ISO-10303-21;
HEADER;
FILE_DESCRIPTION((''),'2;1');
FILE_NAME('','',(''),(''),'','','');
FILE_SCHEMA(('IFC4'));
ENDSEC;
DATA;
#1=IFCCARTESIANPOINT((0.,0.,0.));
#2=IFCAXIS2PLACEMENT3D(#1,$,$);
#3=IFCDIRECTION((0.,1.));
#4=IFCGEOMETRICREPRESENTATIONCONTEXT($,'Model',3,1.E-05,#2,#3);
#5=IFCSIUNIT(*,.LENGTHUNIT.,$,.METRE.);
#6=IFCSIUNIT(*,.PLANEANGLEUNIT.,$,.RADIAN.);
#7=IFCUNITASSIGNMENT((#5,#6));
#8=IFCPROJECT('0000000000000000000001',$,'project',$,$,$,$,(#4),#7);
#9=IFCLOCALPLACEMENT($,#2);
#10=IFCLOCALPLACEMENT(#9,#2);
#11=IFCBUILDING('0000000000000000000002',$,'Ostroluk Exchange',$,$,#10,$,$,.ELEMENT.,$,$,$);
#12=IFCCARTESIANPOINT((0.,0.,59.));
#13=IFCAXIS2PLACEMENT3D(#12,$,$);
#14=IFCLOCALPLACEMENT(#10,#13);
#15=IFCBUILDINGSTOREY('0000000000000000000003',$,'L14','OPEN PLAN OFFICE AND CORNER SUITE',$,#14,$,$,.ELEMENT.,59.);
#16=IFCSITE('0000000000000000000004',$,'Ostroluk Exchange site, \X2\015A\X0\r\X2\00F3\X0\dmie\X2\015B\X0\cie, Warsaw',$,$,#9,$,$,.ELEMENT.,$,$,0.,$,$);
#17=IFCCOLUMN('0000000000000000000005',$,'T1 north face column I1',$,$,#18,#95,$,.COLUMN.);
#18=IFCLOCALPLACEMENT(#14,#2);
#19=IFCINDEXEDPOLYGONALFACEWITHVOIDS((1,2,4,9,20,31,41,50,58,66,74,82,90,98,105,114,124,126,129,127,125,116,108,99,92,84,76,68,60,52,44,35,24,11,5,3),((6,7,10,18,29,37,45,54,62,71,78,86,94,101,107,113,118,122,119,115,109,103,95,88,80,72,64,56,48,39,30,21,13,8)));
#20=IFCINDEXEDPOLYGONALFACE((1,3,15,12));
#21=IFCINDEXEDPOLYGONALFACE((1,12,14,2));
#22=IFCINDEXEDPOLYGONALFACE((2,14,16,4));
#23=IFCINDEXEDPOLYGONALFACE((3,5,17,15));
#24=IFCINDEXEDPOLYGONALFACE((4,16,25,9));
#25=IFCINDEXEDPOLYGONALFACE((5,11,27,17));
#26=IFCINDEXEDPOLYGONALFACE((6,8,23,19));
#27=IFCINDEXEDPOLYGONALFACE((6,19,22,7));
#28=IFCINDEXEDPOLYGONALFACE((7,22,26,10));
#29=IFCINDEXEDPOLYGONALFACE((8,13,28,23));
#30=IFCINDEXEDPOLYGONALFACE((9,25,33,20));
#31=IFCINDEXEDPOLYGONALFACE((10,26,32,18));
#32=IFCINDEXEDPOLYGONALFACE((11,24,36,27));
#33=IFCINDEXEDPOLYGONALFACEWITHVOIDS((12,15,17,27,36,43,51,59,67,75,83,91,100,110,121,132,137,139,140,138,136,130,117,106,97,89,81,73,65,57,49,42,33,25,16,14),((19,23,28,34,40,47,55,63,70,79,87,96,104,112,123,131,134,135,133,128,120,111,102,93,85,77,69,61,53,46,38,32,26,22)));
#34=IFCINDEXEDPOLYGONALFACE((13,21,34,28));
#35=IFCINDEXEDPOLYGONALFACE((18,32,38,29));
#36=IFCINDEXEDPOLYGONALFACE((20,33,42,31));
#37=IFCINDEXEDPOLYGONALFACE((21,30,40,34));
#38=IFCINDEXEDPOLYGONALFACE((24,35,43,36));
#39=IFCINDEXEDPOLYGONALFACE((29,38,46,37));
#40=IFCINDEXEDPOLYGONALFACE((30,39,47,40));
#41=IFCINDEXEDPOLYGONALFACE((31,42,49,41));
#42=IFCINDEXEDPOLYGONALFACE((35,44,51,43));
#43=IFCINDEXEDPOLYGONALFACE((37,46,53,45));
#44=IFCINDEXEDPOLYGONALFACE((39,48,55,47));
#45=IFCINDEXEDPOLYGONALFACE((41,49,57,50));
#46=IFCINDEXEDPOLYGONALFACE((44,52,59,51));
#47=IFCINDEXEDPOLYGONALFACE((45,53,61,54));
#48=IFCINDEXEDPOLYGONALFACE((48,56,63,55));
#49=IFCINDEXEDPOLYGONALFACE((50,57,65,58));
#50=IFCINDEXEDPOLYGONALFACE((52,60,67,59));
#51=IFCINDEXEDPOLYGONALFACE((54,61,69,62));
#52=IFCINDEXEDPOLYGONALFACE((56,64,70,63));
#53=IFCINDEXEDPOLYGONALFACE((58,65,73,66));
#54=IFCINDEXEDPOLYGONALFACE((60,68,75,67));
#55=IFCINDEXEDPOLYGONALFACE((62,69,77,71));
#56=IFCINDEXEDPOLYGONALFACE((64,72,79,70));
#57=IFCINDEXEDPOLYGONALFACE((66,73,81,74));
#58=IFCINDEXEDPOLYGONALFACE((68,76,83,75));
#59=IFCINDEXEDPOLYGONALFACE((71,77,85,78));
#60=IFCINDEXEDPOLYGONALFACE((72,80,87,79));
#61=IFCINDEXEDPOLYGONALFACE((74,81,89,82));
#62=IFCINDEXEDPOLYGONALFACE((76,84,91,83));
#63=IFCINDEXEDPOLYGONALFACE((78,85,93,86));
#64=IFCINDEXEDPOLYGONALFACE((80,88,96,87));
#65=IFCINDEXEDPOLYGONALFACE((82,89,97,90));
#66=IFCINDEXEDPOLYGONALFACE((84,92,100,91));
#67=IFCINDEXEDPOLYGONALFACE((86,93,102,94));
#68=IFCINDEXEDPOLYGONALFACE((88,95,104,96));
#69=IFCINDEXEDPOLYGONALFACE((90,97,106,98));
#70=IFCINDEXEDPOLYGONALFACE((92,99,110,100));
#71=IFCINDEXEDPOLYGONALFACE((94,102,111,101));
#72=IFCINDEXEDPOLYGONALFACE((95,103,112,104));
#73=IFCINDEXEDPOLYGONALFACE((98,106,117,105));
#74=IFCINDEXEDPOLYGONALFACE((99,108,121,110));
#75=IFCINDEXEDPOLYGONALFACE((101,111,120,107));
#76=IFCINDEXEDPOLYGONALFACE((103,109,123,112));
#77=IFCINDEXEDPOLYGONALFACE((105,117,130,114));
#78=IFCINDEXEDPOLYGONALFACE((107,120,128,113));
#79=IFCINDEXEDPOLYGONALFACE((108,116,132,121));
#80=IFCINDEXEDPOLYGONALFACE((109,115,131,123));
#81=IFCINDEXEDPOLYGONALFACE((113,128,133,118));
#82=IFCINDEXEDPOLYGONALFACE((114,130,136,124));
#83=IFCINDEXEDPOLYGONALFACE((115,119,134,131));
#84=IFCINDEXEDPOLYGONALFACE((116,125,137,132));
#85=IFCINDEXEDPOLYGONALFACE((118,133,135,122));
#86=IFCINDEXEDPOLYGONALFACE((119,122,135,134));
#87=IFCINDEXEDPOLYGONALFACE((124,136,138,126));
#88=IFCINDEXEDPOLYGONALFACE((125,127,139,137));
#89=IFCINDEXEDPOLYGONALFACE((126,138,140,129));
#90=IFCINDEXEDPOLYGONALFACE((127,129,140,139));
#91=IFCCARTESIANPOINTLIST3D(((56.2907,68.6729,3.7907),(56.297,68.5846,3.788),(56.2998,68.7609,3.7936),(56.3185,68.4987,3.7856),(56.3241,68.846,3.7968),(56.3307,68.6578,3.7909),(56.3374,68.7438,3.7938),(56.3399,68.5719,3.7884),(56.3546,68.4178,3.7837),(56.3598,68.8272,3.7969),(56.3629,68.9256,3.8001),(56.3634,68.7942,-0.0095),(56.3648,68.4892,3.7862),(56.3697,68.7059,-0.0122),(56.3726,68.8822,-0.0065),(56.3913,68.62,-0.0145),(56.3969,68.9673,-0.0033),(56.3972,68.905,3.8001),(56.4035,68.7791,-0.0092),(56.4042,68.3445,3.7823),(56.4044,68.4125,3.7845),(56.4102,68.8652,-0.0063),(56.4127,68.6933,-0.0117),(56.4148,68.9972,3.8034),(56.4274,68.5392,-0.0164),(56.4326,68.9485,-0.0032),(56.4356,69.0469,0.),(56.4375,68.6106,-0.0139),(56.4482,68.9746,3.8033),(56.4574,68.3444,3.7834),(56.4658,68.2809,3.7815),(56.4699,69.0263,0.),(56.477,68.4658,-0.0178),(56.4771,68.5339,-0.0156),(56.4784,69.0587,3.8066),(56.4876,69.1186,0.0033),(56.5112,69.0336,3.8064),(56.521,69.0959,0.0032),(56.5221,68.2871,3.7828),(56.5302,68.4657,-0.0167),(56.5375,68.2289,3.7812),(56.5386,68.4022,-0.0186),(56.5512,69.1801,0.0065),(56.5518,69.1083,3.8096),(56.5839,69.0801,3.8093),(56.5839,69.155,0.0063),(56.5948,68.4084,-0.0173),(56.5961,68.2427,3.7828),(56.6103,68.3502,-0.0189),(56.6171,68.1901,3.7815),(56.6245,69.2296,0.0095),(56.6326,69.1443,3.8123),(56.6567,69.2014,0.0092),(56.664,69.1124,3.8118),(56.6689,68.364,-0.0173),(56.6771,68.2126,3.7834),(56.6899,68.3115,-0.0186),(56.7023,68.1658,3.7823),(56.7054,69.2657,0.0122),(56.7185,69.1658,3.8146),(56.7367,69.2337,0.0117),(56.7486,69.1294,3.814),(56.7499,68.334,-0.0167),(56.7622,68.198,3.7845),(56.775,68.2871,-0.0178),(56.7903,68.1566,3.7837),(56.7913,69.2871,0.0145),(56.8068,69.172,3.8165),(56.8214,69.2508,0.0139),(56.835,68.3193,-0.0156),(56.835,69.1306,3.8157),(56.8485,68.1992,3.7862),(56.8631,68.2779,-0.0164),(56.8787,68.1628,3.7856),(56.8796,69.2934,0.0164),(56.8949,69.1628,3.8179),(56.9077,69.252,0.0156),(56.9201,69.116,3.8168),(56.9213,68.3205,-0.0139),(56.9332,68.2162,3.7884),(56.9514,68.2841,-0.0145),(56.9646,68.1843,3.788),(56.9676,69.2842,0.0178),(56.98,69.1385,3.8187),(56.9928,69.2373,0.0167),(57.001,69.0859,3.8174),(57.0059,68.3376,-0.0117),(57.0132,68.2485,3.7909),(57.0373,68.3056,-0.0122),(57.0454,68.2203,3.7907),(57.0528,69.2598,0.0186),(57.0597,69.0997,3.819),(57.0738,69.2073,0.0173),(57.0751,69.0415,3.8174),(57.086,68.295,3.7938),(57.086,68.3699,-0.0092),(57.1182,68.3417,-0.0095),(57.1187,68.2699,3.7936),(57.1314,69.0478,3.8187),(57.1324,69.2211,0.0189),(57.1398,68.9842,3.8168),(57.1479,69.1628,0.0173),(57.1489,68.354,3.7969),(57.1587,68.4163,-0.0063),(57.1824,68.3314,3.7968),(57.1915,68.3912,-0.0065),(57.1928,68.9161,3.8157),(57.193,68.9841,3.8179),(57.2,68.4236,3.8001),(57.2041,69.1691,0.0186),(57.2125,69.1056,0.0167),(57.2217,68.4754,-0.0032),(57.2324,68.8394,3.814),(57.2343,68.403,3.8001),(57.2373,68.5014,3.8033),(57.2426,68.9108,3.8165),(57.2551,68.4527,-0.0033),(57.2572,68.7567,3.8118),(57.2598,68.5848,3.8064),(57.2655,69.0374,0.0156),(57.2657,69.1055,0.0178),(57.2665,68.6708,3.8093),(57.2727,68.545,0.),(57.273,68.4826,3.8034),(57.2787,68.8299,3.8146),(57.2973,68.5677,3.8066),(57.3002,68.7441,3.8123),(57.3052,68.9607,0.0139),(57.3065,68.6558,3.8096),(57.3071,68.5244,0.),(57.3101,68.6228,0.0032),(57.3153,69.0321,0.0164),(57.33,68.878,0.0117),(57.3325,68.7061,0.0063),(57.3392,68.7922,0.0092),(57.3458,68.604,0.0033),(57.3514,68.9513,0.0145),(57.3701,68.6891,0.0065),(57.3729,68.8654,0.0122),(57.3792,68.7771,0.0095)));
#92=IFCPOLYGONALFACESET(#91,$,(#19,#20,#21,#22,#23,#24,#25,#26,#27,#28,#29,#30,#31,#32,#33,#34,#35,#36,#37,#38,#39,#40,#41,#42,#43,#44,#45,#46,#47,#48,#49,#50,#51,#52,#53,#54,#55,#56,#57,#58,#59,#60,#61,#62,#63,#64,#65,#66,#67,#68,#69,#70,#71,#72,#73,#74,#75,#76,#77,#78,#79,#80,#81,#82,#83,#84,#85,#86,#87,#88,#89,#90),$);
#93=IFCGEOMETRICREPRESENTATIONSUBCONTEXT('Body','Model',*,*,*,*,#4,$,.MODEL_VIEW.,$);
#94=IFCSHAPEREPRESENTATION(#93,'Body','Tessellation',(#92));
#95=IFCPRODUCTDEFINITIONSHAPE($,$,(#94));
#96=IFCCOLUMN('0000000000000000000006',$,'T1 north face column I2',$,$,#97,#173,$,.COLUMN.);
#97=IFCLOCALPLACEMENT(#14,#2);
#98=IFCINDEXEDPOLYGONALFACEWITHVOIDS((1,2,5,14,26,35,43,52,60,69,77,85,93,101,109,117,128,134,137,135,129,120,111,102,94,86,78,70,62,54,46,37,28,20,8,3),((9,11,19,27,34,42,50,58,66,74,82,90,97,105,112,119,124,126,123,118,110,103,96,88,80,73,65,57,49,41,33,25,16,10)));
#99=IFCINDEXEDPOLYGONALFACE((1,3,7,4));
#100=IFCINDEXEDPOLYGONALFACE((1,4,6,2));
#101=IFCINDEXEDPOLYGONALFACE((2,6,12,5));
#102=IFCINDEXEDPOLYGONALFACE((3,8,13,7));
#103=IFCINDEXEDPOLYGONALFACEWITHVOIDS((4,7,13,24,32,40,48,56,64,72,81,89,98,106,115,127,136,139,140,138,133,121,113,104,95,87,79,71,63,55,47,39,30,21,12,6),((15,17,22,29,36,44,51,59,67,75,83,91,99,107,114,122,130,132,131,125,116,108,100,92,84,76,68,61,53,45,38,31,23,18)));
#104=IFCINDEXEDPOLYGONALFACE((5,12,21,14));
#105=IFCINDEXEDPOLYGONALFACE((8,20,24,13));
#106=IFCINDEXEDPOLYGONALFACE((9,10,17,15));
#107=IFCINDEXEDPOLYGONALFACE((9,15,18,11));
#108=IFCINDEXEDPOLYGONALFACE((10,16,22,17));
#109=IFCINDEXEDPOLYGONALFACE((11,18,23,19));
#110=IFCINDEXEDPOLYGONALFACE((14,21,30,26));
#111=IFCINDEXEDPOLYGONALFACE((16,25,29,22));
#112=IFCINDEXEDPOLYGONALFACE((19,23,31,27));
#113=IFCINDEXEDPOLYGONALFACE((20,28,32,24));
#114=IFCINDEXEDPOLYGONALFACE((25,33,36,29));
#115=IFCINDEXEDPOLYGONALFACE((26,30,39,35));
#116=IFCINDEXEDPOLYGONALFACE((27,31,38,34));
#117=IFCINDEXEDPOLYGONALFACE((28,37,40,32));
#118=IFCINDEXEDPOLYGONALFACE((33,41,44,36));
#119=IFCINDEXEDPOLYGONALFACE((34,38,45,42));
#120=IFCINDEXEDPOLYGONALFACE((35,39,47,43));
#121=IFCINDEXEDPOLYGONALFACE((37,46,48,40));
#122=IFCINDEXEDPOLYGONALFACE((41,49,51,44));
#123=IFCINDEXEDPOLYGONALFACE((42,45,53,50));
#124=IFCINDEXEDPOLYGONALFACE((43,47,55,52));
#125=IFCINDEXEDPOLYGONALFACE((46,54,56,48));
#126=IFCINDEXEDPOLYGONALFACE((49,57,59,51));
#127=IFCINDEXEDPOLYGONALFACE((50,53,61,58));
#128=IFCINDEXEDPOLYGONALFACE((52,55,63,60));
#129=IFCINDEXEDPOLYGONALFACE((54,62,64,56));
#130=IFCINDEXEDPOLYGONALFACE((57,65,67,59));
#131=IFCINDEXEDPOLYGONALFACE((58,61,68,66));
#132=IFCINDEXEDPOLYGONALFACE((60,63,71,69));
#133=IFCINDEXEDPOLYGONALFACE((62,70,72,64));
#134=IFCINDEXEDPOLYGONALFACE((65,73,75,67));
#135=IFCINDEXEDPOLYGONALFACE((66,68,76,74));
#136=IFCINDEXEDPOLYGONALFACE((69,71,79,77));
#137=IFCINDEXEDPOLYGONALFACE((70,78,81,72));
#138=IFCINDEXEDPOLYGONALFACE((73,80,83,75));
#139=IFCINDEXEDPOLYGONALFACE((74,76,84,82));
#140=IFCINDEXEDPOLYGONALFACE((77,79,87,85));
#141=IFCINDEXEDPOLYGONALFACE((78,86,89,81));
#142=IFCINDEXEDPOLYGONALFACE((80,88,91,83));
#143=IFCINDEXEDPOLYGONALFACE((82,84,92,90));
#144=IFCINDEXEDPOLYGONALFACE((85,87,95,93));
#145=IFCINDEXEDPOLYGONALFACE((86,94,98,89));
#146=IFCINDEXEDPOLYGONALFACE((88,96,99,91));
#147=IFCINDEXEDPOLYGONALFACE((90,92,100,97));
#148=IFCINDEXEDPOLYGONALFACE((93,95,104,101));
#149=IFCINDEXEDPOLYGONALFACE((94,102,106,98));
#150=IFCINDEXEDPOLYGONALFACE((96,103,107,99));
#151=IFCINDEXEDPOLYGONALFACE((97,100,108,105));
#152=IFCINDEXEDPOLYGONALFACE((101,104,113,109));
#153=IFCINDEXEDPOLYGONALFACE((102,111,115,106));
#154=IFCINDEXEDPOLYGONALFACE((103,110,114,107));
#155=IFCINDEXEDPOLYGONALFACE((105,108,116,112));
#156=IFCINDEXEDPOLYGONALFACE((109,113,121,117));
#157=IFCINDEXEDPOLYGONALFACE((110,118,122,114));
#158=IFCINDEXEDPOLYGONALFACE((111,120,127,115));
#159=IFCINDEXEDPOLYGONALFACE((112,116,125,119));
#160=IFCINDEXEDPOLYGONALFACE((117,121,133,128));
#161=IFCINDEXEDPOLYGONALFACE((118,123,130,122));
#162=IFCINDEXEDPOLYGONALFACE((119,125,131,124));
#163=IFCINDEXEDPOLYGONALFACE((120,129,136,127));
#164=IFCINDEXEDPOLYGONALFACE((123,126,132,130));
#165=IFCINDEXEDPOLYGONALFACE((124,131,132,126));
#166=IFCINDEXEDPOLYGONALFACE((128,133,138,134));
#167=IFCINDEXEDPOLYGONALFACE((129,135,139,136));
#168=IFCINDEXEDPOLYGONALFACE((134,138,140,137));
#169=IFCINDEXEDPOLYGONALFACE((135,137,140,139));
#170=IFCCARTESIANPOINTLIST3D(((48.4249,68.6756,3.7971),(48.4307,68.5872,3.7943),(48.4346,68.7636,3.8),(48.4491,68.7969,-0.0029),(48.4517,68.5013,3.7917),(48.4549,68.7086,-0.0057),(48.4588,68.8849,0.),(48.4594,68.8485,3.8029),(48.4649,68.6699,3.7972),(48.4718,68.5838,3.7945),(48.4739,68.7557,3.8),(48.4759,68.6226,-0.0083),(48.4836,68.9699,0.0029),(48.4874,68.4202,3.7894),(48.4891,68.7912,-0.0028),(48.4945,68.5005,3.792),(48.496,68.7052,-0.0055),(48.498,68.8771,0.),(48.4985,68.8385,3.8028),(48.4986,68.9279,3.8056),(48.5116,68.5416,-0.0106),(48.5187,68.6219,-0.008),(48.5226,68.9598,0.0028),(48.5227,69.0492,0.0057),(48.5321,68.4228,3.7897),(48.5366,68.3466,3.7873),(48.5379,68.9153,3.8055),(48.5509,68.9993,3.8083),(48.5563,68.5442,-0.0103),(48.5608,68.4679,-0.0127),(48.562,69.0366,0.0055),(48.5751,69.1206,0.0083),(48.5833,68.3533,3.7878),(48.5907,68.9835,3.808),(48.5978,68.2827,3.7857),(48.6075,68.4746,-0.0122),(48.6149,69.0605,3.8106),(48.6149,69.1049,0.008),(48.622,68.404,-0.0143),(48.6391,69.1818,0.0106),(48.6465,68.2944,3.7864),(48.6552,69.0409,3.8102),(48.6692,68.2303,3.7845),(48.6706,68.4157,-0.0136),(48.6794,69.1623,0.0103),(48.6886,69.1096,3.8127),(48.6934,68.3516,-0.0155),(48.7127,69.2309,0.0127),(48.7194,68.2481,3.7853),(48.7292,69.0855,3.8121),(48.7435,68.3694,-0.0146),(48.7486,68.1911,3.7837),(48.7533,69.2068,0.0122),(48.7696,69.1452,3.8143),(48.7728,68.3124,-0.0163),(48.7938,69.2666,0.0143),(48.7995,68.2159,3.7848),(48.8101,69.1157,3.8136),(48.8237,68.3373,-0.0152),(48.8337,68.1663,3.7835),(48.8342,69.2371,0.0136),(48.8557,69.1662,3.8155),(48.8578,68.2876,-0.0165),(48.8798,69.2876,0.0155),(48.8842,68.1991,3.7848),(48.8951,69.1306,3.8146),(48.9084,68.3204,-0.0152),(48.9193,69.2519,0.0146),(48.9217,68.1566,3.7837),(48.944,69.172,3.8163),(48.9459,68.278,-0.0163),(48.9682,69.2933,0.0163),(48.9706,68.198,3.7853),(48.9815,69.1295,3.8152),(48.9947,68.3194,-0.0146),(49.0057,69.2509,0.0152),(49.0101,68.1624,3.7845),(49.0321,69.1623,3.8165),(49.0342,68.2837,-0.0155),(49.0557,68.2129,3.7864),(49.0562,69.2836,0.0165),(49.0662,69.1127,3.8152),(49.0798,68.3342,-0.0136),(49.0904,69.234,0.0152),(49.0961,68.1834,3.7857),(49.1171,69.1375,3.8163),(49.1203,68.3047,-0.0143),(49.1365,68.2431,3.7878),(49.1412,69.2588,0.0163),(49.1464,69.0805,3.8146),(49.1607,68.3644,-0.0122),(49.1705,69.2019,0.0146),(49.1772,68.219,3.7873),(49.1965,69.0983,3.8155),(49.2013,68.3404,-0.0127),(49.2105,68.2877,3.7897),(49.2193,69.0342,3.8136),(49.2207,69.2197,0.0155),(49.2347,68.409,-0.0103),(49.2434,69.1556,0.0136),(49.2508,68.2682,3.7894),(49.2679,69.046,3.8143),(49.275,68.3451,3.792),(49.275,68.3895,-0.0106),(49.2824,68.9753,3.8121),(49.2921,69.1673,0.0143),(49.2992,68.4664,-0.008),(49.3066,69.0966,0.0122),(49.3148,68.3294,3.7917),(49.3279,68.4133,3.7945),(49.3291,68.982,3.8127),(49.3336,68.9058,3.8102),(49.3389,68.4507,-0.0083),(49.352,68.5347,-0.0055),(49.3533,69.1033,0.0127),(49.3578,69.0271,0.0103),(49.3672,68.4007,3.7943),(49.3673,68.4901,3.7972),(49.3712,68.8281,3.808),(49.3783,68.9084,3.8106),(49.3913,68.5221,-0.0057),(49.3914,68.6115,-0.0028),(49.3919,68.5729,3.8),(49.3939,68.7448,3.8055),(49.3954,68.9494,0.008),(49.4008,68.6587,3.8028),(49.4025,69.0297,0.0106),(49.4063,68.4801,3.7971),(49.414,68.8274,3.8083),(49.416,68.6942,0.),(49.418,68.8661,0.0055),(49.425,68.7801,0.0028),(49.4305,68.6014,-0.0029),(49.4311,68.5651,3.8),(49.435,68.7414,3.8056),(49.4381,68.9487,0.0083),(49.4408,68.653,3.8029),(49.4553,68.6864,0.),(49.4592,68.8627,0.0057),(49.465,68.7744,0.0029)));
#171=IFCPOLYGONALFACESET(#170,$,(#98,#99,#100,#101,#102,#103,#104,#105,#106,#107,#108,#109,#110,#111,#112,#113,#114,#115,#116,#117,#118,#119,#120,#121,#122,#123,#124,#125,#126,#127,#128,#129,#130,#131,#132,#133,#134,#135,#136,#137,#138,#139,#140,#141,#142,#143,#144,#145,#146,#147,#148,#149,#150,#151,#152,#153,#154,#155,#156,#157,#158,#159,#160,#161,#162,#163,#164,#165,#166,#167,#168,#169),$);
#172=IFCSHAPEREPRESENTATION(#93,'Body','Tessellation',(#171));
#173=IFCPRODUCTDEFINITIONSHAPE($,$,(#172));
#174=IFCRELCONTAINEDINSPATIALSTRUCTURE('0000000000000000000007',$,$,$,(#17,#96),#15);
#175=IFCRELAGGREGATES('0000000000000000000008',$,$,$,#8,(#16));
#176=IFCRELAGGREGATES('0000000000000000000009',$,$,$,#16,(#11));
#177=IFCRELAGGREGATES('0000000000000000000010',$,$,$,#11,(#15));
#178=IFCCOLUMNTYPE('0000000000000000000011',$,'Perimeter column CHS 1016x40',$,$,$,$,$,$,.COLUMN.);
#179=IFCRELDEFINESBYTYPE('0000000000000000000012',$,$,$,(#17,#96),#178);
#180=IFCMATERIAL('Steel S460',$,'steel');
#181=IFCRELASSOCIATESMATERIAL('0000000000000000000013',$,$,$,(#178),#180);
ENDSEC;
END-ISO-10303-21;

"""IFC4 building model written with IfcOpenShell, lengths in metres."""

from ifc_helpers import new_model, si_unit, direction, frame, origin, origin_2d, place, context, subcontext, project, spatial, hollow_circle, extrude, material, material_profile, profile_set, type_object, element, save


model = new_model("IFC4")

# Units and contexts
model_context = context("Model", 3, precision=1e-05, world=origin(), true_north=direction((0.0, 1.0)))
body_context = subcontext(model_context, "Body", "Model", "MODEL_VIEW")
ifc_project = project(units=[si_unit("LENGTHUNIT", "METRE"), si_unit("PLANEANGLEUNIT", "RADIAN")], contexts=[model_context])

# Site, building, storey
site_placement = place(None, origin())
site = spatial("IfcSite", under=ifc_project, at=site_placement, Name="Ostroluk Exchange site, Śródmieście, Warsaw", CompositionType="ELEMENT", RefElevation=0.0)
building_placement = place(site_placement, origin())
building = spatial("IfcBuilding", under=site, at=building_placement, Name="Ostroluk Exchange", CompositionType="ELEMENT")
storey_placement = place(building_placement, frame((0.0, 0.0, 59.0)))
storey = spatial("IfcBuildingStorey", under=building, at=storey_placement, Name="L14", Description="OPEN PLAN OFFICE AND CORNER SUITE", CompositionType="ELEMENT", Elevation=59.0)

# Columns
ifc_material_1 = material(Name="Steel S460", Category="steel")
ifc_material_profile_1 = material_profile(ifc_material_1, hollow_circle(Radius=0.5081, WallThickness=0.04, at=origin_2d()), Name="CHS 1016x40")
ifc_profile_set_1 = profile_set([ifc_material_profile_1], Name="Steel S460")
column_type = type_object("IfcColumnType", Name="Perimeter column CHS 1016x40", PredefinedType="COLUMN", material=ifc_profile_set_1)
column_1_placement = place(storey_placement, frame((56.8713, 68.7856, 0.0), z_axis=(-0.019132, -0.031909, 0.999308), x_axis=(0.857645, -0.514242, 0.0)))
element("IfcColumn", 1, at=column_1_placement, inside=storey, type_object=column_type, Name="T1 north face column I1", PredefinedType="COLUMN", context=body_context, shape_type="SweptSolid", body=[
    extrude(hollow_circle(Radius=0.5081, WallThickness=0.04, at=origin_2d()), origin(), (0.0, 0.0, 1.0), 3.8027),
])
column_2_placement = place(storey_placement, frame((48.957, 68.7856, 0.0), z_axis=(-0.006357, -0.031914, 0.99947), x_axis=(0.980732, -0.195357, 0.0)))
element("IfcColumn", 2, at=column_2_placement, inside=storey, type_object=column_type, Name="T1 north face column I2", PredefinedType="COLUMN", context=body_context, shape_type="SweptSolid", body=[
    extrude(hollow_circle(Radius=0.5081, WallThickness=0.04, at=origin_2d()), origin(), (0.0, 0.0, 1.0), 3.802),
])

save(model, "model.ifc")
